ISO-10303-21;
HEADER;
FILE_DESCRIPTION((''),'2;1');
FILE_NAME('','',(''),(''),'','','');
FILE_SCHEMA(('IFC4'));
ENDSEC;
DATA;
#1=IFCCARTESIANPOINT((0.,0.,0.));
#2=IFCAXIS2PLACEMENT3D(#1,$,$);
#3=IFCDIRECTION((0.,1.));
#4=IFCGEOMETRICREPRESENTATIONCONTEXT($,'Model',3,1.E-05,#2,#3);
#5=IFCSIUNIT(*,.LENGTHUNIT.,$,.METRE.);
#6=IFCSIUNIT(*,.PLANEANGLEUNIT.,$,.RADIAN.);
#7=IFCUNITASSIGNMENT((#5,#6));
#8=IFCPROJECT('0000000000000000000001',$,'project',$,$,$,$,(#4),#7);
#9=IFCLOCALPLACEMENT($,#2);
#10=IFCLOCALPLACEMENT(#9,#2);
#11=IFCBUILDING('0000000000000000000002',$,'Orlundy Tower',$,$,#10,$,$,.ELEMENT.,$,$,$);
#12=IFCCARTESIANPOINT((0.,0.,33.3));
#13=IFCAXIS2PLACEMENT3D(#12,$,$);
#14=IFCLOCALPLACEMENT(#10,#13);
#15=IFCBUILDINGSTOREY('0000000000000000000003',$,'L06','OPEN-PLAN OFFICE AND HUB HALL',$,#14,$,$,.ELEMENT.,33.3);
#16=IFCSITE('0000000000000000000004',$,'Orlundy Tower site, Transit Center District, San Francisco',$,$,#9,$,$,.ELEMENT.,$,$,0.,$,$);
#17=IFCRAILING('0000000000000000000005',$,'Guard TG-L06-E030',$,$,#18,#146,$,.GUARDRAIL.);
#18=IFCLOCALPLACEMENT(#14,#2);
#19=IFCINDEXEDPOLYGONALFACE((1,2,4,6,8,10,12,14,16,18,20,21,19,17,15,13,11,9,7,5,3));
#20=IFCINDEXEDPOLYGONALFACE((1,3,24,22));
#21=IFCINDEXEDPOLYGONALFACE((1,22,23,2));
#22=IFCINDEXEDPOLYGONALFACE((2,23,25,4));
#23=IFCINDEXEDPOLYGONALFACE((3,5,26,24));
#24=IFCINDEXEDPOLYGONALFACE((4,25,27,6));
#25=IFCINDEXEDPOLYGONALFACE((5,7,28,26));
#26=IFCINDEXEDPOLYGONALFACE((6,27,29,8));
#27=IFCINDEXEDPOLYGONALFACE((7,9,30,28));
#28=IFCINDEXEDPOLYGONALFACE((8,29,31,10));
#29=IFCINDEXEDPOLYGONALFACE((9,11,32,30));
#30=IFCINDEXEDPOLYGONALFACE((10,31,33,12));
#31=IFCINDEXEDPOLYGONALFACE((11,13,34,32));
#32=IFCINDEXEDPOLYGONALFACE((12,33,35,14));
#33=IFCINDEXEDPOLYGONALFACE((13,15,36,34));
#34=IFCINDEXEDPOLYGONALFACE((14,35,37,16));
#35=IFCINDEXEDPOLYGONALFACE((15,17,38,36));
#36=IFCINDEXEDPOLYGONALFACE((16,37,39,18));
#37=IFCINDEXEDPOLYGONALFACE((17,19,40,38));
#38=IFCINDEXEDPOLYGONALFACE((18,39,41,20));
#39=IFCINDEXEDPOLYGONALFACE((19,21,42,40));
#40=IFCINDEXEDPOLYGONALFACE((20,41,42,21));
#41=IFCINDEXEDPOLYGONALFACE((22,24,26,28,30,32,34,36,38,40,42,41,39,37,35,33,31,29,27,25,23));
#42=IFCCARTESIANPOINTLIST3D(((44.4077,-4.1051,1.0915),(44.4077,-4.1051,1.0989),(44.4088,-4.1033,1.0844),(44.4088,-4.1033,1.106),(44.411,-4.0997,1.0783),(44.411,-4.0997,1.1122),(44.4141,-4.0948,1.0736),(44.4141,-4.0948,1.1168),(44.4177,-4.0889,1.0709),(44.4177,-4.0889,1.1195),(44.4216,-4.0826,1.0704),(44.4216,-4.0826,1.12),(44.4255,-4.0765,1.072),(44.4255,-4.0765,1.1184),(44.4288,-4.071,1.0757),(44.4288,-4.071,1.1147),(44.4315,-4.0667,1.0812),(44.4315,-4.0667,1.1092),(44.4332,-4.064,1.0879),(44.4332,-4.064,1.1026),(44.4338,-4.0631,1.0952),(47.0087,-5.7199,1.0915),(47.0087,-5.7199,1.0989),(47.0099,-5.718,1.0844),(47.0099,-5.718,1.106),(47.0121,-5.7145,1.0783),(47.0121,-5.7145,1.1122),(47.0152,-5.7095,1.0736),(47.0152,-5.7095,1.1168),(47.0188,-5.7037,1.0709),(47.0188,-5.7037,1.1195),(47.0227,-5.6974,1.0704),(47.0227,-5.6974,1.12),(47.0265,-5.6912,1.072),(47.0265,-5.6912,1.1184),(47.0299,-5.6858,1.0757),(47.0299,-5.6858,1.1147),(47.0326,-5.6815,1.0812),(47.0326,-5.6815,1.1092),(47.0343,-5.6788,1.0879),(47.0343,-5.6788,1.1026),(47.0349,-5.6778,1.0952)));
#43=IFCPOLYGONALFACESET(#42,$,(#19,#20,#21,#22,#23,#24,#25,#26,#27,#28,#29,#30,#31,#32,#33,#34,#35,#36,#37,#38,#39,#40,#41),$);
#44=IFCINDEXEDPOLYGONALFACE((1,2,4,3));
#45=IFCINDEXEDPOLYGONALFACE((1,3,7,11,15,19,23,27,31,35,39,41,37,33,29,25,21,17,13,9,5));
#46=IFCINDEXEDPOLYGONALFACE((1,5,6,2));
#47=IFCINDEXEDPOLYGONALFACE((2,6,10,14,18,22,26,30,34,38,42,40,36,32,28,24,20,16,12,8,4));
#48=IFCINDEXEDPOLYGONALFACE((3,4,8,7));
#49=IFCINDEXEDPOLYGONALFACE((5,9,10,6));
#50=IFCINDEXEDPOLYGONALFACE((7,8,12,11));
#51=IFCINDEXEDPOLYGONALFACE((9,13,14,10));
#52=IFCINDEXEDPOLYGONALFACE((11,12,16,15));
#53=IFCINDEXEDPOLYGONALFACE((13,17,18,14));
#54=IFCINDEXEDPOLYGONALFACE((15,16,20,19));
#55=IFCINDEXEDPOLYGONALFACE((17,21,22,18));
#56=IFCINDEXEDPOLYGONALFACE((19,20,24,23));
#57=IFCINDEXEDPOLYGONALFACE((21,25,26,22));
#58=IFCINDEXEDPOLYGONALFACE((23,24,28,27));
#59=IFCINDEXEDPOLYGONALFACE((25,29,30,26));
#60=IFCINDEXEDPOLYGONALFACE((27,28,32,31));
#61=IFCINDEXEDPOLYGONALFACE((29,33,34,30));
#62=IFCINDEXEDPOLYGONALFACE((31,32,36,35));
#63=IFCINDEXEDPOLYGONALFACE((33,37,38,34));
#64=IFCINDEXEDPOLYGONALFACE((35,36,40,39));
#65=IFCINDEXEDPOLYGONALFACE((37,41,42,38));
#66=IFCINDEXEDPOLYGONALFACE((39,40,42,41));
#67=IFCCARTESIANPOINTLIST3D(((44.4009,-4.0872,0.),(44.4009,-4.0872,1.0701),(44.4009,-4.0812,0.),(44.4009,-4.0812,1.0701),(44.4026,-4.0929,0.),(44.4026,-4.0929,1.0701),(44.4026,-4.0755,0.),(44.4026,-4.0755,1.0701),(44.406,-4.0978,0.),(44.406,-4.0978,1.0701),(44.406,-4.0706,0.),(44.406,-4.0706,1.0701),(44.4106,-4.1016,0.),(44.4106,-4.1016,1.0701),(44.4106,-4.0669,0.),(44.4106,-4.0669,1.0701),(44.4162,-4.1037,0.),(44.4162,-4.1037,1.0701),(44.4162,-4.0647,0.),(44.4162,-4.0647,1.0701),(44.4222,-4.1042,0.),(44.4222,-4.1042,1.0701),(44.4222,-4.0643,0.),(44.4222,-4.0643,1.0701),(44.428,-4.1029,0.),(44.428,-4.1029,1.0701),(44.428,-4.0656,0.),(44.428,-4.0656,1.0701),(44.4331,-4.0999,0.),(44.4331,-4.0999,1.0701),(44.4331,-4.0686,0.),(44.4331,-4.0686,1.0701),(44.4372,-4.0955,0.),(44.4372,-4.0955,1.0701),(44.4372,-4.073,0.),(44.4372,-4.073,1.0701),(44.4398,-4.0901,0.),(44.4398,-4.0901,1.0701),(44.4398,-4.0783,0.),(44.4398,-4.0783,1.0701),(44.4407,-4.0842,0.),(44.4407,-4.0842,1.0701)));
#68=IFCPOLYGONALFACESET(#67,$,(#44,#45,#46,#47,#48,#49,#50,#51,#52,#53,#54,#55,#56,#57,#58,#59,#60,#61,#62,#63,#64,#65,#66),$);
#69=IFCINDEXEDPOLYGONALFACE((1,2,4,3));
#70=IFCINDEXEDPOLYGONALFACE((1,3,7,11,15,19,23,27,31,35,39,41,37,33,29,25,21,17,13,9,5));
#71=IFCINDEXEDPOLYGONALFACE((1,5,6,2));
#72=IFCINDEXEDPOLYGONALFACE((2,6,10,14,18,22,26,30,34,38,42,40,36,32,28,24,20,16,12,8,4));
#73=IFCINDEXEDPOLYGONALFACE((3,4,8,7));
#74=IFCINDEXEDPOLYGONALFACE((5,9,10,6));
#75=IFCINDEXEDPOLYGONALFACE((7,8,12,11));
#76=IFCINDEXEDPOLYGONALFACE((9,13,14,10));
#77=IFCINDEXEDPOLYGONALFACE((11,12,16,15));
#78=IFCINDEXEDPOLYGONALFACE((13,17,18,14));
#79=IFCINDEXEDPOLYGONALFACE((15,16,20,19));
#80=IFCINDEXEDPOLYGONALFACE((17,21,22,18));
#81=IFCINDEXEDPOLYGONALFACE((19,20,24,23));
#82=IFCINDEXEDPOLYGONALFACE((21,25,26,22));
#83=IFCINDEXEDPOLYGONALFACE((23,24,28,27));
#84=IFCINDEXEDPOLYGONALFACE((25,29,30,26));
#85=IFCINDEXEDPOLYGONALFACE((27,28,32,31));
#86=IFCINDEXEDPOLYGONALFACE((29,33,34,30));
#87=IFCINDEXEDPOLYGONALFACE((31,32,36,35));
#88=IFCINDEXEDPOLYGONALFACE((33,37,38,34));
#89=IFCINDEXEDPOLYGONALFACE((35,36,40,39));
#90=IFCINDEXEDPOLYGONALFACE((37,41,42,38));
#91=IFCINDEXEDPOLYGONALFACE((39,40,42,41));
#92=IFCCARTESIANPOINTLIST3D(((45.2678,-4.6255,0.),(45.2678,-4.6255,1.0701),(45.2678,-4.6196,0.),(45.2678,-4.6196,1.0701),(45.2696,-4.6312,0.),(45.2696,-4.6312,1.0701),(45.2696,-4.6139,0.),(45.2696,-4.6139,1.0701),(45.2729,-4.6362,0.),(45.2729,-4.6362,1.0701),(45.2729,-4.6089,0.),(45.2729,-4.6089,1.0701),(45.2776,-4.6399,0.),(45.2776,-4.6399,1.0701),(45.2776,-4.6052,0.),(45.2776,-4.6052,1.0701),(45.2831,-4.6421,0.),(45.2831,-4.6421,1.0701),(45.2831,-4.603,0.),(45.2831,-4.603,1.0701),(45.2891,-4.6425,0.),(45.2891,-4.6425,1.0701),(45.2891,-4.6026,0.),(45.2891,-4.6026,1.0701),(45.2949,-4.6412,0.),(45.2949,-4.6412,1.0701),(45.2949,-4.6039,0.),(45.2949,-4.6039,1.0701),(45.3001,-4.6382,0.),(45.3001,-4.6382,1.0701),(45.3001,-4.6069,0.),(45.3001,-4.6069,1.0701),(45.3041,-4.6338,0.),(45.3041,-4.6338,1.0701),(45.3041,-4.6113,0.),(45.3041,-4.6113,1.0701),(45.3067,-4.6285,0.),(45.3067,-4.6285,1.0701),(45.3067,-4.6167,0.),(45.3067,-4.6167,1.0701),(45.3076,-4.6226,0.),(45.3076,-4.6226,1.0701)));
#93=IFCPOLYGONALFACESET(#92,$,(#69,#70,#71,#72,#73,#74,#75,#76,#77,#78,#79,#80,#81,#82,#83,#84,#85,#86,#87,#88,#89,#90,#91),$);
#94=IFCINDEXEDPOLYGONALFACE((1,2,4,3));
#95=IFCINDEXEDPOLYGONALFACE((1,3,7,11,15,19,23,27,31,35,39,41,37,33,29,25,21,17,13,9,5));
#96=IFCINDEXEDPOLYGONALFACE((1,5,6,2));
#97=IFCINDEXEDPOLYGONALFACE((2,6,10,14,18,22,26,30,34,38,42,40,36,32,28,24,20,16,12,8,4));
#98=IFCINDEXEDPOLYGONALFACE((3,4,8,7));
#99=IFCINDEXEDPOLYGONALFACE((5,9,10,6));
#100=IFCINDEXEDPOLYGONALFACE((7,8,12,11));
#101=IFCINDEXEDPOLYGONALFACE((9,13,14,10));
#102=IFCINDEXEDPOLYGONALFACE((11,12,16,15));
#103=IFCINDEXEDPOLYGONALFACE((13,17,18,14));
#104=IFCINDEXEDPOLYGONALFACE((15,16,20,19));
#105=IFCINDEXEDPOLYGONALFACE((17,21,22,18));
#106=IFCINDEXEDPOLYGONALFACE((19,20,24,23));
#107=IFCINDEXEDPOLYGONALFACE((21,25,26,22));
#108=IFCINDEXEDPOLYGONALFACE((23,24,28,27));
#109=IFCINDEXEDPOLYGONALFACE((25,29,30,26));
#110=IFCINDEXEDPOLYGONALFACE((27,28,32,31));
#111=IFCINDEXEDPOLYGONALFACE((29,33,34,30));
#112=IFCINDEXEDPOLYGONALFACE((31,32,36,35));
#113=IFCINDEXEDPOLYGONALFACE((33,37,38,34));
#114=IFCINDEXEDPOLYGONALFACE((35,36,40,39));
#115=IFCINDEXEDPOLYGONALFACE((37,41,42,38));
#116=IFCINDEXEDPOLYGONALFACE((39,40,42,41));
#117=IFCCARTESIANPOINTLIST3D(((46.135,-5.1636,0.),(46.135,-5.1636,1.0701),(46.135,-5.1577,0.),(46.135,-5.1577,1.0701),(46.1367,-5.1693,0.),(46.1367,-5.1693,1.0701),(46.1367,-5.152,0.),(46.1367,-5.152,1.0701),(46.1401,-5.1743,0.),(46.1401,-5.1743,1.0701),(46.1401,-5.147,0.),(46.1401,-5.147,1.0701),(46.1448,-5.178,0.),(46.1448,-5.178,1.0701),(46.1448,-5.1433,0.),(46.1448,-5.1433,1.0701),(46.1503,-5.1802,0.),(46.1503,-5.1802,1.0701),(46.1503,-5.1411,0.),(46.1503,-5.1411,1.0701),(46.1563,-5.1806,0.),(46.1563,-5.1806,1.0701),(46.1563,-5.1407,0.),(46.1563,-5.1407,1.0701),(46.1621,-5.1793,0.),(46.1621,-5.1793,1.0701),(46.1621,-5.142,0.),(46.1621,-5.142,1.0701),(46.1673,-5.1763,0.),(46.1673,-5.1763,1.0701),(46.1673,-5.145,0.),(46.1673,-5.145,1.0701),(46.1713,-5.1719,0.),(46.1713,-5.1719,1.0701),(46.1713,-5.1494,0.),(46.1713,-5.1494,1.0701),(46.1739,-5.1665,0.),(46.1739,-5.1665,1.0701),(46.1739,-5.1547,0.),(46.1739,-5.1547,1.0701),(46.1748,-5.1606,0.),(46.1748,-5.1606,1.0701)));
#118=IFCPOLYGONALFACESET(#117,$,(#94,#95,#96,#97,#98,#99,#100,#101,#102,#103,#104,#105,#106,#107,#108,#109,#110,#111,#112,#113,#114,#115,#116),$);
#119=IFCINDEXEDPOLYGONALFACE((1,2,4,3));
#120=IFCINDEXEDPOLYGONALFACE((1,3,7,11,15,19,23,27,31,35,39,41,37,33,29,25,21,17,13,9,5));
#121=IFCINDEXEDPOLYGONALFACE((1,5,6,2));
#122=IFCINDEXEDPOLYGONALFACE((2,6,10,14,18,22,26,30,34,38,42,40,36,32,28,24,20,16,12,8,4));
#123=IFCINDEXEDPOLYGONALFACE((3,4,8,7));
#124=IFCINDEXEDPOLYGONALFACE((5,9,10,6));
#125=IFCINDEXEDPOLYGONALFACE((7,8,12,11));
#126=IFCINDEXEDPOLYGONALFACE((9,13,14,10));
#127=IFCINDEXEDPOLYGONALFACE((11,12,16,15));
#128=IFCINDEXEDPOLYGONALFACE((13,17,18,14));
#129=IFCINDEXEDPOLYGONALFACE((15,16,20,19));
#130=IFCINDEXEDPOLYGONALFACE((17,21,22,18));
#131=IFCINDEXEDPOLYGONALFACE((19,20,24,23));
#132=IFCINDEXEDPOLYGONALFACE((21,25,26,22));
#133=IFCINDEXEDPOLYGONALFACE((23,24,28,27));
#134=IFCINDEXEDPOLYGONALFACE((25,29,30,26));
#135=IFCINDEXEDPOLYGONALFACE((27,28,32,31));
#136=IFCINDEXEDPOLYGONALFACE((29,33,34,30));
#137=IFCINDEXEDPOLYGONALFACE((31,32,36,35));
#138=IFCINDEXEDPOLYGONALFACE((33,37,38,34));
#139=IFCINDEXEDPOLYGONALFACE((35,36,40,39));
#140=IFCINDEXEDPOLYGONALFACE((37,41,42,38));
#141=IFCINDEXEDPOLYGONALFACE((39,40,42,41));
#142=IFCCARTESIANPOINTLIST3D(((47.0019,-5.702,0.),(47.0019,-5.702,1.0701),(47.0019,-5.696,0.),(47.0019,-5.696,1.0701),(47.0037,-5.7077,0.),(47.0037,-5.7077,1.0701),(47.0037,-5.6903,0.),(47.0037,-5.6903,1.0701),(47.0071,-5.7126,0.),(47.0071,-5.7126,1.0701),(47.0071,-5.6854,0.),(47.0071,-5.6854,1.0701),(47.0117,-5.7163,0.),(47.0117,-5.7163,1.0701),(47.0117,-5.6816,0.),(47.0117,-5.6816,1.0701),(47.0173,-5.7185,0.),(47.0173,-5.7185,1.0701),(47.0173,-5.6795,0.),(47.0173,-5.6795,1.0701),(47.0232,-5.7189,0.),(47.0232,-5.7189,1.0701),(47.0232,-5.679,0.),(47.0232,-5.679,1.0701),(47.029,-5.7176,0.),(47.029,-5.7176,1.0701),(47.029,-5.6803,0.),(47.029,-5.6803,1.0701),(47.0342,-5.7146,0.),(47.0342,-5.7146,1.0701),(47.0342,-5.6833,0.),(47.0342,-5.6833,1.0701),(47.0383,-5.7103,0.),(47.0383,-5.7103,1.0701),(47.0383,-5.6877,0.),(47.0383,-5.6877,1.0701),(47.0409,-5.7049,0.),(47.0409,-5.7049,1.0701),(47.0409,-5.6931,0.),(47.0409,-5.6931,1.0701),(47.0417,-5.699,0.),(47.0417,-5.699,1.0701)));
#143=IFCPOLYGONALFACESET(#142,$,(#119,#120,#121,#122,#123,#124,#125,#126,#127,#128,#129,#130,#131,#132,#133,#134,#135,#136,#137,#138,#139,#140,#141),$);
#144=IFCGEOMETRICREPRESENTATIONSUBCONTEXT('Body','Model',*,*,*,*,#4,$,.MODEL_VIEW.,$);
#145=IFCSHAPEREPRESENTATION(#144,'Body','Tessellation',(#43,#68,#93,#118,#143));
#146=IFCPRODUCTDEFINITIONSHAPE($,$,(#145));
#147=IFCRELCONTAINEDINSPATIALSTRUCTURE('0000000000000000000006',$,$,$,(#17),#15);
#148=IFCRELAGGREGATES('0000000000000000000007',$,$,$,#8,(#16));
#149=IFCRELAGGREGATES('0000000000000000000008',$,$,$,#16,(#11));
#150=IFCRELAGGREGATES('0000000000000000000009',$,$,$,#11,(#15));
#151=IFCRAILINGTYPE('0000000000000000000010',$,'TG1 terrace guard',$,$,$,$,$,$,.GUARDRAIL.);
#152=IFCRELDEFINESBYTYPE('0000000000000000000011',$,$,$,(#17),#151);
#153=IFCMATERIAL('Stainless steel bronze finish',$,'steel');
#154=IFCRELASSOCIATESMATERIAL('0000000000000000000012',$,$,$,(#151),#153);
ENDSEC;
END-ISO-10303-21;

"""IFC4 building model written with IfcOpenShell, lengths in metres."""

from ifc_helpers import new_model, si_unit, direction, frame, origin, origin_2d, place, context, subcontext, project, spatial, circle, extrude, material, type_object, element, save


model = new_model("IFC4")

# Units and contexts
model_context = context("Model", 3, precision=1e-05, world=origin(), true_north=direction((0.0, 1.0)))
body_context = subcontext(model_context, "Body", "Model", "MODEL_VIEW")
ifc_project = project(units=[si_unit("LENGTHUNIT", "METRE"), si_unit("PLANEANGLEUNIT", "RADIAN")], contexts=[model_context])

# Site, building, storey
site_placement = place(None, origin())
site = spatial("IfcSite", under=ifc_project, at=site_placement, Name="Orlundy Tower site, Transit Center District, San Francisco", CompositionType="ELEMENT", RefElevation=0.0)
building_placement = place(site_placement, origin())
building = spatial("IfcBuilding", under=site, at=building_placement, Name="Orlundy Tower", CompositionType="ELEMENT")
storey_placement = place(building_placement, frame((0.0, 0.0, 33.3)))
storey = spatial("IfcBuildingStorey", under=building, at=storey_placement, Name="L06", Description="OPEN-PLAN OFFICE AND HUB HALL", CompositionType="ELEMENT", Elevation=33.3)

# Railing
ifc_material_1 = material(Name="Stainless steel bronze finish", Category="steel")
railing_type = type_object("IfcRailingType", Name="TG1 terrace guard", PredefinedType="GUARDRAIL", material=ifc_material_1)
railing_1_placement = place(storey_placement, frame((44.4207, -4.0842, 0.0)))
element("IfcRailing", 1, at=railing_1_placement, inside=storey, type_object=railing_type, Name="Guard TG-L06-E030", PredefinedType="GUARDRAIL", context=body_context, shape_type="SweptSolid", body=[
    extrude(circle(Radius=0.0249, at=origin_2d()), frame((0.0, 0.0, 1.0952), z_axis=(0.849598, -0.52743, 0.0), x_axis=(0.52743, 0.849598, 0.0)), (0.0, 0.0, 1.0), 3.0615),
    extrude(circle(Radius=0.02, at=origin_2d()), origin(), (0.0, 0.0, 1.0), 1.0701),
    extrude(circle(Radius=0.02, at=origin_2d()), frame((0.8669, -0.5383, 0.0)), (0.0, 0.0, 1.0), 1.0701),
    extrude(circle(Radius=0.02, at=origin_2d()), frame((1.7341, -1.0764, 0.0)), (0.0, 0.0, 1.0), 1.0701),
    extrude(circle(Radius=0.02, at=origin_2d()), frame((2.6011, -1.6147, 0.0)), (0.0, 0.0, 1.0), 1.0701),
])

save(model, "model.ifc")
